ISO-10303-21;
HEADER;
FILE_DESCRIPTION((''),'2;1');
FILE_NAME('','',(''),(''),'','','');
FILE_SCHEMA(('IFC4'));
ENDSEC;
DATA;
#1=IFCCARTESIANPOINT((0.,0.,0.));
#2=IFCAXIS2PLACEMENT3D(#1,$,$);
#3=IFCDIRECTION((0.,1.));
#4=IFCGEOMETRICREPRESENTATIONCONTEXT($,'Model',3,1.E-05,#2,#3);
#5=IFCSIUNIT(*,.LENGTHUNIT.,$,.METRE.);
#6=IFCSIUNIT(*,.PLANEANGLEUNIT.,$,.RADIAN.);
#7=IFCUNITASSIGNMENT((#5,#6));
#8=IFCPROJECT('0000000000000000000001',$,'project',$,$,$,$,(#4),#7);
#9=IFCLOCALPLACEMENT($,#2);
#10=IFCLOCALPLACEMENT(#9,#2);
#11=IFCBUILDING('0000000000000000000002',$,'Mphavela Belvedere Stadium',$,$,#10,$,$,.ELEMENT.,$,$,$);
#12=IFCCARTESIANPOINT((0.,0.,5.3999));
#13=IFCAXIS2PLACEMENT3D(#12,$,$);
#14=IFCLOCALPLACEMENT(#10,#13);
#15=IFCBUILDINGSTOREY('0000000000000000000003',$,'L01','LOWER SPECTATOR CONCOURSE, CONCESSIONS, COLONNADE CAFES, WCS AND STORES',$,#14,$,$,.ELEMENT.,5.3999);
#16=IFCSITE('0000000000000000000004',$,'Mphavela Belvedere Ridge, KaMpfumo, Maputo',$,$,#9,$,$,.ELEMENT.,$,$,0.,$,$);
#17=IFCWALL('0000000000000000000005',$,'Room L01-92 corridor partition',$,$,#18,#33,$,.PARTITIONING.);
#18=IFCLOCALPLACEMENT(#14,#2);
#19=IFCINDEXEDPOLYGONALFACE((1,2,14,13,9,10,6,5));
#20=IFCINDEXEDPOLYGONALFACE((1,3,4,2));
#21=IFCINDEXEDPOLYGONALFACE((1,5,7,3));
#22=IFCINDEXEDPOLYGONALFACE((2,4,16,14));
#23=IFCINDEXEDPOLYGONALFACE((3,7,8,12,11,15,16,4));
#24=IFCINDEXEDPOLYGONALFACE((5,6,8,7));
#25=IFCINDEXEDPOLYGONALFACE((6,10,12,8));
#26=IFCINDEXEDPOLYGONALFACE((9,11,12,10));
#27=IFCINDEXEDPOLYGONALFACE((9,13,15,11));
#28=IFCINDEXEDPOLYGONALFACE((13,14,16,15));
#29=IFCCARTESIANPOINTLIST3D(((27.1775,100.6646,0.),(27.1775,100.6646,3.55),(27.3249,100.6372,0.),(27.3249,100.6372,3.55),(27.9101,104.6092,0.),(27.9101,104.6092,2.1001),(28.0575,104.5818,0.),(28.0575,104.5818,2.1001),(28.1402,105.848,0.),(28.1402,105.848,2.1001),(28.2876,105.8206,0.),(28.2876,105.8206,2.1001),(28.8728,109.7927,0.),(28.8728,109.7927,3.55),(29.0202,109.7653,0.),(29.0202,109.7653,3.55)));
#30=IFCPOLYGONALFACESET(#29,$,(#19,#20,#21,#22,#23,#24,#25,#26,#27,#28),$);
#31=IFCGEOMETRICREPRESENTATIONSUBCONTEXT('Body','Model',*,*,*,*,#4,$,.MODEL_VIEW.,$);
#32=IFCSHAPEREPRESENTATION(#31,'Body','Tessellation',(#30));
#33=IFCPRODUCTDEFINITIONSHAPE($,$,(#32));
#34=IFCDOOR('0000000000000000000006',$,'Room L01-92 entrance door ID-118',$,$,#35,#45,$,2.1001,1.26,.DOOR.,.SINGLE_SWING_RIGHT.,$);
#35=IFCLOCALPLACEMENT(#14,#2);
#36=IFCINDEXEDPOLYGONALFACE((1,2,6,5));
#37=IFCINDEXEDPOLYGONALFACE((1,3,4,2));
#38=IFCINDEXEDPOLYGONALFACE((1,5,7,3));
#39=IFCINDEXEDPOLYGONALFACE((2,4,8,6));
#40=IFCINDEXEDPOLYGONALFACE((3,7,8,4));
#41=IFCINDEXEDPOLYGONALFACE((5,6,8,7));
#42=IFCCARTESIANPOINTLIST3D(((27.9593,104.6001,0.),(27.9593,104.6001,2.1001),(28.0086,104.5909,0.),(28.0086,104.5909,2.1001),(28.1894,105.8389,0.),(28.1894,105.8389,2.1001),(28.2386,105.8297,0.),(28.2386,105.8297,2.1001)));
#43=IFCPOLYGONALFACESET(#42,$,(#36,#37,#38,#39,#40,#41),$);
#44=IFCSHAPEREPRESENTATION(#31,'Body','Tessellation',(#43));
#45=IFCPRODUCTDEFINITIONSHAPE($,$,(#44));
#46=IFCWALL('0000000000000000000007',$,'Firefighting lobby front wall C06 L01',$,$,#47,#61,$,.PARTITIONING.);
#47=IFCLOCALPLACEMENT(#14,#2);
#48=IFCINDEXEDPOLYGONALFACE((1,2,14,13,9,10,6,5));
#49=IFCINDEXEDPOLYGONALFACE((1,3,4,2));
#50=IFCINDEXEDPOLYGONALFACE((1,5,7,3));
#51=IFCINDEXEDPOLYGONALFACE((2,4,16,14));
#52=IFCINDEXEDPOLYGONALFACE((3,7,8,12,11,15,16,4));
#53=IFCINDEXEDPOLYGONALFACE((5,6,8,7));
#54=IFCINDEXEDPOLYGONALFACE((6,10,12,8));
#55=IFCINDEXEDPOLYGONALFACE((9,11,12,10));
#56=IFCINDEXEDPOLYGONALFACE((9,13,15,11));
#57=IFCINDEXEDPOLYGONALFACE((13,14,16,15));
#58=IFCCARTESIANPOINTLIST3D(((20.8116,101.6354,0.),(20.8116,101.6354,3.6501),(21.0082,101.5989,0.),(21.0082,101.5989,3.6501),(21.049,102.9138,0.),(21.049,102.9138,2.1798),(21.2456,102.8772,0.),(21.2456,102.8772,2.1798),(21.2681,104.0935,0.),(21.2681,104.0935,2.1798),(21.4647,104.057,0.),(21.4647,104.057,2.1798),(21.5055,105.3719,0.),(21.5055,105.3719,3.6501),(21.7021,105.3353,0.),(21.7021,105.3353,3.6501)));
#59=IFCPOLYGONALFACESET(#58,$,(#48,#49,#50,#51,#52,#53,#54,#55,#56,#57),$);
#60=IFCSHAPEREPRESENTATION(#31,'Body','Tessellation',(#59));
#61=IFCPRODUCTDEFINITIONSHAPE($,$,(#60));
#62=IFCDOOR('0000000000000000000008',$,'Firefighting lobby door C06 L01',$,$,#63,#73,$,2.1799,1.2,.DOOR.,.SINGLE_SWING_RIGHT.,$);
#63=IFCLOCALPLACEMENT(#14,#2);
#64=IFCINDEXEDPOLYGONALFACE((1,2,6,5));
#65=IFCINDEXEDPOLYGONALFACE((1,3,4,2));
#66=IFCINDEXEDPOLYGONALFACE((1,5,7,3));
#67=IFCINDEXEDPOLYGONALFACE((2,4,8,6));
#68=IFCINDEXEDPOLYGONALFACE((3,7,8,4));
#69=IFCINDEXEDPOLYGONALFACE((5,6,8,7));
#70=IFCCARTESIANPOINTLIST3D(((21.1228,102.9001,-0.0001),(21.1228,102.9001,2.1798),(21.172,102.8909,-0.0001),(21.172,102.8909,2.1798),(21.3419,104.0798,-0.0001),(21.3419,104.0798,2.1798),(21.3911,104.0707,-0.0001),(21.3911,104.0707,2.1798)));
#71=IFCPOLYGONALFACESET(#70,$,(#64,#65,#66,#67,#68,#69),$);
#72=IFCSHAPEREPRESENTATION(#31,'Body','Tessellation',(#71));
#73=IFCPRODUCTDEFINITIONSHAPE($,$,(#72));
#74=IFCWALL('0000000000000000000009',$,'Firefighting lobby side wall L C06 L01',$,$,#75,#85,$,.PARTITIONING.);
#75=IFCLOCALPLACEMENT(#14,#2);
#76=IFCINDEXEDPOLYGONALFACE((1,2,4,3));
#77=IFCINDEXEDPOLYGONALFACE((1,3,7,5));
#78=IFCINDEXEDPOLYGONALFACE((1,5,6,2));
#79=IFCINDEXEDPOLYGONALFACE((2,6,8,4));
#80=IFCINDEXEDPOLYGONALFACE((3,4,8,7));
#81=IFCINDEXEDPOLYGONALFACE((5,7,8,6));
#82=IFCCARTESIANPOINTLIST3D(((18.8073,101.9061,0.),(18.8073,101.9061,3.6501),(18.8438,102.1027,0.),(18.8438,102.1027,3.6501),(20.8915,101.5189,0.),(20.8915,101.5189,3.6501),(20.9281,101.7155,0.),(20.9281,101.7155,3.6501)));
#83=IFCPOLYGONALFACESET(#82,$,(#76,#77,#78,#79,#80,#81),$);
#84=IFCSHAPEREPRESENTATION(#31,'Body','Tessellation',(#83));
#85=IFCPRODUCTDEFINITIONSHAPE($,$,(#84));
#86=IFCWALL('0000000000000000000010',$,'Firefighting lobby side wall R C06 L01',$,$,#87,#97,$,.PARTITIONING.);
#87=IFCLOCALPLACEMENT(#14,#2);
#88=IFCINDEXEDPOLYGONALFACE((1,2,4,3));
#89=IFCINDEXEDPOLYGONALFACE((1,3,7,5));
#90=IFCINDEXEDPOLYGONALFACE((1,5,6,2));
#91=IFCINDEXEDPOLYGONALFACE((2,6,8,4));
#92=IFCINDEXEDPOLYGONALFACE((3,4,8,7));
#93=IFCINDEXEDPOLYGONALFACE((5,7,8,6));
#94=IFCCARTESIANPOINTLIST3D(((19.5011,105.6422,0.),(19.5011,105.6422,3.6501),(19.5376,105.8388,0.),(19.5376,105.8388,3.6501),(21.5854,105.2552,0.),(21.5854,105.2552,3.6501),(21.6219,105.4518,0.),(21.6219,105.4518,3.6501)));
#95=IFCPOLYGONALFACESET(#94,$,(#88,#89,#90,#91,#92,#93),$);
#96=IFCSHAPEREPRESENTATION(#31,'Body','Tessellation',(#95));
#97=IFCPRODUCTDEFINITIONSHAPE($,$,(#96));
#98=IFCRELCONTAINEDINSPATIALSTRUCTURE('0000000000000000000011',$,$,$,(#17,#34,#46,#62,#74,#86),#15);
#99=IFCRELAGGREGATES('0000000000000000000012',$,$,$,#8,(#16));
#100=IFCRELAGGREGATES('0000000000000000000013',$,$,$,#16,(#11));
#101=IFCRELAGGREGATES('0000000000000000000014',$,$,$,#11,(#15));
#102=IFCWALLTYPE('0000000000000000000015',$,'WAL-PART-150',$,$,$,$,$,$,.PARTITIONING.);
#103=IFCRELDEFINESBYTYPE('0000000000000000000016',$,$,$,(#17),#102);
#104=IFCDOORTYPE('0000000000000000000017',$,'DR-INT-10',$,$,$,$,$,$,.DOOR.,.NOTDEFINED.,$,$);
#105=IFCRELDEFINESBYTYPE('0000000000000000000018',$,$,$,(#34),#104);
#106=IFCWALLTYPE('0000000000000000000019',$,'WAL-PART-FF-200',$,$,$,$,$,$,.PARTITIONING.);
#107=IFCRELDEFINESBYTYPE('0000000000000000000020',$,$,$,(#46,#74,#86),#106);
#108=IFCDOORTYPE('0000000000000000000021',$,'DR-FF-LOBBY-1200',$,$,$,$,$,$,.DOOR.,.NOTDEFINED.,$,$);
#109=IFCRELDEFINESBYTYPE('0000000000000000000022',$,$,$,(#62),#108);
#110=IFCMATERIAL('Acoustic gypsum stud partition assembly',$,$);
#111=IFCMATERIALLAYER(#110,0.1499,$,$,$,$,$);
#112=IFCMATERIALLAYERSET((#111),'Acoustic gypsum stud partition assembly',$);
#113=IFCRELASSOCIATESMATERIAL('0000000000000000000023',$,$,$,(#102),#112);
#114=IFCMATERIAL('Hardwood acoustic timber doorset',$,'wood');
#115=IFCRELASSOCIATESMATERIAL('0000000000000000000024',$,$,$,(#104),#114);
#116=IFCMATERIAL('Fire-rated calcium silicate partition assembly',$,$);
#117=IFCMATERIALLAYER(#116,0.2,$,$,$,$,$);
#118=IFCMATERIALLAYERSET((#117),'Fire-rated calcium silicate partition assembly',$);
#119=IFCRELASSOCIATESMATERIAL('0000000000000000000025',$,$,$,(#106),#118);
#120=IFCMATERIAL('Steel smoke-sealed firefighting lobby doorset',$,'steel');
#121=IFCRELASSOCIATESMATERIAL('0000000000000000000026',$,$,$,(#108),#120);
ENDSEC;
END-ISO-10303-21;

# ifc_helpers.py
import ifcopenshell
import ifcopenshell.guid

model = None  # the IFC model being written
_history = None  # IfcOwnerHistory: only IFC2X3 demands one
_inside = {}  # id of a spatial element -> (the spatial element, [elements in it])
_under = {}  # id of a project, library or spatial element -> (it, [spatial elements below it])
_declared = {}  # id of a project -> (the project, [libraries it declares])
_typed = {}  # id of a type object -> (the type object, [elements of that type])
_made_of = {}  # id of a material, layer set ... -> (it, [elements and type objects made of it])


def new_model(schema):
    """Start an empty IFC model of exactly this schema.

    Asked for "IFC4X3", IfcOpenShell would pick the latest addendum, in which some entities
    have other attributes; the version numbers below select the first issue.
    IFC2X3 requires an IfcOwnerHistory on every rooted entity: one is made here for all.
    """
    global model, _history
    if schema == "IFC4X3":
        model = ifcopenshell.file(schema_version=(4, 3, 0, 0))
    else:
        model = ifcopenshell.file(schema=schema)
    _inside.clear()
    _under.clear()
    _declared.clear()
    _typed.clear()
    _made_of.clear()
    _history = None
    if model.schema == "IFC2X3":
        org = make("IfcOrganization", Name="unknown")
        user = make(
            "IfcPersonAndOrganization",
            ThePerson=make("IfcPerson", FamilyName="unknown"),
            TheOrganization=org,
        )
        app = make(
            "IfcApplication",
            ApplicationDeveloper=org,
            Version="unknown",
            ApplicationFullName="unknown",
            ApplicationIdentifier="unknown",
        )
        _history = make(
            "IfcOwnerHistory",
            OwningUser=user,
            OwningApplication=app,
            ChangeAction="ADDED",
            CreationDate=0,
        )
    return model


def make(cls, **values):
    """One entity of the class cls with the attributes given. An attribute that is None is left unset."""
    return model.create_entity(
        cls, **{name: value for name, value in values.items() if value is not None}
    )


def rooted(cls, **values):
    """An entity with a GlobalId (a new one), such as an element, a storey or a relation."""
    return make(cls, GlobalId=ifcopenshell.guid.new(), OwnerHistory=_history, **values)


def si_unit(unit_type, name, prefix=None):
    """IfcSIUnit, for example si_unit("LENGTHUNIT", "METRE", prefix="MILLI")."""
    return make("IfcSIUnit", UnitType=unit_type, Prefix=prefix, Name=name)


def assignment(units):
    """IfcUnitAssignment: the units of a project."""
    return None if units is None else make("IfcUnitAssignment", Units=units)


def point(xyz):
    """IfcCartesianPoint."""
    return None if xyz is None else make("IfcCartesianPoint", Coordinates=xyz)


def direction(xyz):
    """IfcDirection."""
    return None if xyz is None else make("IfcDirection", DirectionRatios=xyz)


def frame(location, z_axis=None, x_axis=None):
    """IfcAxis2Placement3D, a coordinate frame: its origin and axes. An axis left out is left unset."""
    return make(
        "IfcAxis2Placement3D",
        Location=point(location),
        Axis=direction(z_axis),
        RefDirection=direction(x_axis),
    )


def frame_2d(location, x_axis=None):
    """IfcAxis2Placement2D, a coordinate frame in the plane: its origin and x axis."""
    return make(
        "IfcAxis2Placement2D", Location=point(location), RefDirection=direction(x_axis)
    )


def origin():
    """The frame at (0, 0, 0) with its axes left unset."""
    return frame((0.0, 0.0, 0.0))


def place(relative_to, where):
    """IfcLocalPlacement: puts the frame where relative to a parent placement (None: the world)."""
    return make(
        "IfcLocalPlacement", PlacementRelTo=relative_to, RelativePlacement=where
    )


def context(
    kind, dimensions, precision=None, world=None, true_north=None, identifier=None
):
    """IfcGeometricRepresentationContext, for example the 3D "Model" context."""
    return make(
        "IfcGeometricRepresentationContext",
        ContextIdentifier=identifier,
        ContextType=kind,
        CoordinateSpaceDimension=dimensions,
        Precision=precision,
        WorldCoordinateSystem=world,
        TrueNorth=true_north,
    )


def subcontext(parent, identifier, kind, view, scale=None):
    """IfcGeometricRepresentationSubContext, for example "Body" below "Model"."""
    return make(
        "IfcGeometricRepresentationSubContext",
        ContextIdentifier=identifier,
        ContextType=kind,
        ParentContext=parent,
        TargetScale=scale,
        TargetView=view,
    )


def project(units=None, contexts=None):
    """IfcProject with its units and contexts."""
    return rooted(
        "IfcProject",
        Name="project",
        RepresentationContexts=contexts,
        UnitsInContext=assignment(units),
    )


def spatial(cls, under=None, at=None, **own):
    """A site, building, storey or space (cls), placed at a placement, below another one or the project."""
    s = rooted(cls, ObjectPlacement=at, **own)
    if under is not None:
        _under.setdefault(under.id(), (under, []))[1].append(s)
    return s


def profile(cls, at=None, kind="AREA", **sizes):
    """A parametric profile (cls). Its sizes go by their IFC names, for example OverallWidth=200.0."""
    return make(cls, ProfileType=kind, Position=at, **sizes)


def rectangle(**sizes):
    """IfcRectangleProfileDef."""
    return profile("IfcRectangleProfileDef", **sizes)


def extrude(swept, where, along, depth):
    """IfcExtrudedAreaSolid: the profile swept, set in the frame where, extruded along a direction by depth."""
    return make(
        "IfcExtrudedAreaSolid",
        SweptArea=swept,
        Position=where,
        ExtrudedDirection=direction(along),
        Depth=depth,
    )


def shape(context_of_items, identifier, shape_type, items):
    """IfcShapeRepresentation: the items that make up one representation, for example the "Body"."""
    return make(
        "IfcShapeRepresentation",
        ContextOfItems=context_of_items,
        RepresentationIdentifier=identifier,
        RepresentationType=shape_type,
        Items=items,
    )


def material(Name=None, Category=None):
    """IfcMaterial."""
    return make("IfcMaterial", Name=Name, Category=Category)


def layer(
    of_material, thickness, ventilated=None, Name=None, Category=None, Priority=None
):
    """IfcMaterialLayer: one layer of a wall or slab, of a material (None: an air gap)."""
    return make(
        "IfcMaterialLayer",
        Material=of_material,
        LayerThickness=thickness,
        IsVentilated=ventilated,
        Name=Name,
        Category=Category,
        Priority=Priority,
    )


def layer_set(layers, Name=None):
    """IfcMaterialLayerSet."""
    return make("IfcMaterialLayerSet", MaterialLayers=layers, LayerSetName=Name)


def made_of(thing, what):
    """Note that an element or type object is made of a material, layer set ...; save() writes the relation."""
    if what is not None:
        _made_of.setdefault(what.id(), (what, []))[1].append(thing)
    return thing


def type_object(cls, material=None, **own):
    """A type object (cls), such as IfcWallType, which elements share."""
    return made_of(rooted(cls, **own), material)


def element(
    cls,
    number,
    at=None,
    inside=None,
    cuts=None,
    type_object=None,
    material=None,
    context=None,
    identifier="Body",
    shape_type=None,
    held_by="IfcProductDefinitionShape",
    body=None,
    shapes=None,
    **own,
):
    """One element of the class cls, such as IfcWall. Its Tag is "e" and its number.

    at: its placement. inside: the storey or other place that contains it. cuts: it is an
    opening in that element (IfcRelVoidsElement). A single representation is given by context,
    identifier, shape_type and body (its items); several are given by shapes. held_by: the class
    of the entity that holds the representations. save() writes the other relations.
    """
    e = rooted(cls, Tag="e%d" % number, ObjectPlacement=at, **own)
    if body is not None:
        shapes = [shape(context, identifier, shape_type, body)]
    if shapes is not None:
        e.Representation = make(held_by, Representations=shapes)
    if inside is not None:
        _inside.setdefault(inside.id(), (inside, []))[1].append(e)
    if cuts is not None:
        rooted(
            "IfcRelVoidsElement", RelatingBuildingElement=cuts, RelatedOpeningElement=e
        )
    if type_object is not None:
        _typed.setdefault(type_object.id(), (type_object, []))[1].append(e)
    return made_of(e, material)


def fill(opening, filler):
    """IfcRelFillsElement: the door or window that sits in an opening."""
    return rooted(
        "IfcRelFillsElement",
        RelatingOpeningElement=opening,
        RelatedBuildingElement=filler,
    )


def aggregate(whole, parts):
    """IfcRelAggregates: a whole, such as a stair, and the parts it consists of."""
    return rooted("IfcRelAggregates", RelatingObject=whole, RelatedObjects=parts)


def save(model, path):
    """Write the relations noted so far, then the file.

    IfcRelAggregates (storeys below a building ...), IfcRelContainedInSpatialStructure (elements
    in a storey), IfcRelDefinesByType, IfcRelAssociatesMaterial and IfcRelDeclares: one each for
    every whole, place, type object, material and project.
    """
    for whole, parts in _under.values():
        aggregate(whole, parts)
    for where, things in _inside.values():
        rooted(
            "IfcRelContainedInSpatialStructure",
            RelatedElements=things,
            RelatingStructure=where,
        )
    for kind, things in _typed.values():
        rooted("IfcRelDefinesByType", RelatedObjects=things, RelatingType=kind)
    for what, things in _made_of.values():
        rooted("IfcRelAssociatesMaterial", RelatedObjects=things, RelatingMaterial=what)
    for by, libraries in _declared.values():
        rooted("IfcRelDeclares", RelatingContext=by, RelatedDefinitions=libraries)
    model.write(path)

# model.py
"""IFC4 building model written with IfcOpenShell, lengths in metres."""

from ifc_helpers import new_model, si_unit, direction, frame, frame_2d, origin, place, context, subcontext, project, spatial, rectangle, extrude, material, layer, layer_set, type_object, element, fill, save


model = new_model("IFC4")

# Units and contexts
model_context = context("Model", 3, precision=1e-05, world=origin(), true_north=direction((0.0, 1.0)))
body_context = subcontext(model_context, "Body", "Model", "MODEL_VIEW")
ifc_project = project(units=[si_unit("LENGTHUNIT", "METRE"), si_unit("PLANEANGLEUNIT", "RADIAN")], contexts=[model_context])

# Site, building, storey
site_placement = place(None, origin())
site = spatial("IfcSite", under=ifc_project, at=site_placement, Name="Mphavela Belvedere Ridge, KaMpfumo, Maputo", CompositionType="ELEMENT", RefElevation=0.0)
building_placement = place(site_placement, origin())
building = spatial("IfcBuilding", under=site, at=building_placement, Name="Mphavela Belvedere Stadium", CompositionType="ELEMENT")
storey_placement = place(building_placement, frame((0.0, 0.0, 5.3999)))
storey = spatial("IfcBuildingStorey", under=building, at=storey_placement, Name="L01", Description="LOWER SPECTATOR CONCOURSE, CONCESSIONS, COLONNADE CAFES, WCS AND STORES", CompositionType="ELEMENT", Elevation=5.3999)

# Walls, openings, doors
ifc_material_1 = material(Name="Acoustic gypsum stud partition assembly")
ifc_layer_1 = layer(ifc_material_1, 0.1499)
ifc_layer_set_1 = layer_set([ifc_layer_1], Name="Acoustic gypsum stud partition assembly")
wall_type_1 = type_object("IfcWallType", Name="WAL-PART-150", PredefinedType="PARTITIONING", material=ifc_layer_set_1)
wall_1_placement = place(storey_placement, frame((27.2512, 100.6509, 0.0), z_axis=(0.0, 0.0, 1.0), x_axis=(0.182601, 0.983187, 0.0)))
wall_1 = element("IfcWall", 1, at=wall_1_placement, inside=storey, type_object=wall_type_1, Name="Room L01-92 corridor partition", PredefinedType="PARTITIONING", context=body_context, shape_type="SweptSolid", body=[
    extrude(rectangle(XDim=9.2842, YDim=0.1499, at=frame_2d((4.6421, 0.0))), origin(), (0.0, 0.0, 1.0), 3.55),
])
opening_1_placement = place(wall_1_placement, frame((4.0122, 0.0, 0.0)))
opening_1 = element("IfcOpeningElement", 2, at=opening_1_placement, cuts=wall_1, PredefinedType="OPENING", context=body_context, shape_type="SweptSolid", body=[
    extrude(rectangle(XDim=1.26, YDim=2.1001, at=frame_2d((0.6299, 1.05))), frame((0.0, 0.085, 0.0), z_axis=(0.0, -1.0, 0.0), x_axis=(1.0, 0.0, 0.0)), (0.0, 0.0, 1.0), 0.1699),
])
ifc_material_2 = material(Name="Hardwood acoustic timber doorset", Category="wood")
door_type_1 = type_object("IfcDoorType", Name="DR-INT-10", OperationType="NOTDEFINED", PredefinedType="DOOR", material=ifc_material_2)
door_1_placement = place(opening_1_placement, origin())
door_1 = element("IfcDoor", 3, at=door_1_placement, inside=storey, type_object=door_type_1, Name="Room L01-92 entrance door ID-118", OperationType="SINGLE_SWING_RIGHT", OverallHeight=2.1001, OverallWidth=1.26, PredefinedType="DOOR", context=body_context, shape_type="SweptSolid", body=[
    extrude(rectangle(XDim=1.26, YDim=2.1001, at=frame_2d((0.6299, 1.05))), frame((0.0, 0.0249, 0.0), z_axis=(0.0, -1.0, 0.0), x_axis=(1.0, 0.0, 0.0)), (0.0, 0.0, 1.0), 0.05),
])
fill(opening_1, door_1)
ifc_material_3 = material(Name="Fire-rated calcium silicate partition assembly")
ifc_layer_2 = layer(ifc_material_3, 0.2)
ifc_layer_set_2 = layer_set([ifc_layer_2], Name="Fire-rated calcium silicate partition assembly")
wall_type_2 = type_object("IfcWallType", Name="WAL-PART-FF-200", PredefinedType="PARTITIONING", material=ifc_layer_set_2)
wall_2_placement = place(storey_placement, frame((20.9099, 101.6172, 0.0), z_axis=(0.0, 0.0, 1.0), x_axis=(0.182582, 0.983191, 0.0)))
wall_2 = element("IfcWall", 4, at=wall_2_placement, inside=storey, type_object=wall_type_2, Name="Firefighting lobby front wall C06 L01", PredefinedType="PARTITIONING", context=body_context, shape_type="SweptSolid", body=[
    extrude(rectangle(XDim=3.8003, YDim=0.2, at=frame_2d((1.9001, 0.0))), origin(), (0.0, 0.0, 1.0), 3.6501),
])
opening_2_placement = place(wall_2_placement, frame((1.3, 0.0, 0.0)))
opening_2 = element("IfcOpeningElement", 5, at=opening_2_placement, cuts=wall_2, PredefinedType="OPENING", context=body_context, shape_type="SweptSolid", body=[
    extrude(rectangle(XDim=1.2, YDim=2.1799, at=frame_2d((0.6001, 1.0898))), frame((0.0, 0.1099, 0.0), z_axis=(0.0, -1.0, 0.0), x_axis=(1.0, 0.0, 0.0)), (0.0, 0.0, 1.0), 0.22),
])
ifc_material_4 = material(Name="Steel smoke-sealed firefighting lobby doorset", Category="steel")
door_type_2 = type_object("IfcDoorType", Name="DR-FF-LOBBY-1200", OperationType="NOTDEFINED", PredefinedType="DOOR", material=ifc_material_4)
door_2_placement = place(opening_2_placement, origin())
door_2 = element("IfcDoor", 6, at=door_2_placement, inside=storey, type_object=door_type_2, Name="Firefighting lobby door C06 L01", OperationType="SINGLE_SWING_RIGHT", OverallHeight=2.1799, OverallWidth=1.2, PredefinedType="DOOR", context=body_context, shape_type="SweptSolid", body=[
    extrude(rectangle(XDim=1.2, YDim=2.1799, at=frame_2d((0.6001, 1.0898))), frame((0.0, 0.0249, 0.0), z_axis=(0.0, -1.0, 0.0), x_axis=(1.0, 0.0, 0.0)), (0.0, 0.0, 1.0), 0.05),
])
fill(opening_2, door_2)

# Walls
for number, where, z_axis, x_axis, name in (
    (7, (20.9099, 101.6172, 0.0), (0.0, 0.0, 1.0), (-0.983177, 0.182654, 0.0), "Firefighting lobby side wall L C06 L01"),
    (8, (21.6038, 105.3535, 0.0), (0.0, 0.0, 1.0), (-0.983198, 0.182543, 0.0), "Firefighting lobby side wall R C06 L01"),
):
    element("IfcWall", number, at=place(storey_placement, frame(where, z_axis=z_axis, x_axis=x_axis)), inside=storey, type_object=wall_type_2, Name=name, PredefinedType="PARTITIONING", context=body_context, shape_type="SweptSolid", body=[
        extrude(rectangle(XDim=2.1199, YDim=0.2, at=frame_2d((1.0601, 0.0))), origin(), (0.0, 0.0, 1.0), 3.6501),
    ])

save(model, "model.ifc")
